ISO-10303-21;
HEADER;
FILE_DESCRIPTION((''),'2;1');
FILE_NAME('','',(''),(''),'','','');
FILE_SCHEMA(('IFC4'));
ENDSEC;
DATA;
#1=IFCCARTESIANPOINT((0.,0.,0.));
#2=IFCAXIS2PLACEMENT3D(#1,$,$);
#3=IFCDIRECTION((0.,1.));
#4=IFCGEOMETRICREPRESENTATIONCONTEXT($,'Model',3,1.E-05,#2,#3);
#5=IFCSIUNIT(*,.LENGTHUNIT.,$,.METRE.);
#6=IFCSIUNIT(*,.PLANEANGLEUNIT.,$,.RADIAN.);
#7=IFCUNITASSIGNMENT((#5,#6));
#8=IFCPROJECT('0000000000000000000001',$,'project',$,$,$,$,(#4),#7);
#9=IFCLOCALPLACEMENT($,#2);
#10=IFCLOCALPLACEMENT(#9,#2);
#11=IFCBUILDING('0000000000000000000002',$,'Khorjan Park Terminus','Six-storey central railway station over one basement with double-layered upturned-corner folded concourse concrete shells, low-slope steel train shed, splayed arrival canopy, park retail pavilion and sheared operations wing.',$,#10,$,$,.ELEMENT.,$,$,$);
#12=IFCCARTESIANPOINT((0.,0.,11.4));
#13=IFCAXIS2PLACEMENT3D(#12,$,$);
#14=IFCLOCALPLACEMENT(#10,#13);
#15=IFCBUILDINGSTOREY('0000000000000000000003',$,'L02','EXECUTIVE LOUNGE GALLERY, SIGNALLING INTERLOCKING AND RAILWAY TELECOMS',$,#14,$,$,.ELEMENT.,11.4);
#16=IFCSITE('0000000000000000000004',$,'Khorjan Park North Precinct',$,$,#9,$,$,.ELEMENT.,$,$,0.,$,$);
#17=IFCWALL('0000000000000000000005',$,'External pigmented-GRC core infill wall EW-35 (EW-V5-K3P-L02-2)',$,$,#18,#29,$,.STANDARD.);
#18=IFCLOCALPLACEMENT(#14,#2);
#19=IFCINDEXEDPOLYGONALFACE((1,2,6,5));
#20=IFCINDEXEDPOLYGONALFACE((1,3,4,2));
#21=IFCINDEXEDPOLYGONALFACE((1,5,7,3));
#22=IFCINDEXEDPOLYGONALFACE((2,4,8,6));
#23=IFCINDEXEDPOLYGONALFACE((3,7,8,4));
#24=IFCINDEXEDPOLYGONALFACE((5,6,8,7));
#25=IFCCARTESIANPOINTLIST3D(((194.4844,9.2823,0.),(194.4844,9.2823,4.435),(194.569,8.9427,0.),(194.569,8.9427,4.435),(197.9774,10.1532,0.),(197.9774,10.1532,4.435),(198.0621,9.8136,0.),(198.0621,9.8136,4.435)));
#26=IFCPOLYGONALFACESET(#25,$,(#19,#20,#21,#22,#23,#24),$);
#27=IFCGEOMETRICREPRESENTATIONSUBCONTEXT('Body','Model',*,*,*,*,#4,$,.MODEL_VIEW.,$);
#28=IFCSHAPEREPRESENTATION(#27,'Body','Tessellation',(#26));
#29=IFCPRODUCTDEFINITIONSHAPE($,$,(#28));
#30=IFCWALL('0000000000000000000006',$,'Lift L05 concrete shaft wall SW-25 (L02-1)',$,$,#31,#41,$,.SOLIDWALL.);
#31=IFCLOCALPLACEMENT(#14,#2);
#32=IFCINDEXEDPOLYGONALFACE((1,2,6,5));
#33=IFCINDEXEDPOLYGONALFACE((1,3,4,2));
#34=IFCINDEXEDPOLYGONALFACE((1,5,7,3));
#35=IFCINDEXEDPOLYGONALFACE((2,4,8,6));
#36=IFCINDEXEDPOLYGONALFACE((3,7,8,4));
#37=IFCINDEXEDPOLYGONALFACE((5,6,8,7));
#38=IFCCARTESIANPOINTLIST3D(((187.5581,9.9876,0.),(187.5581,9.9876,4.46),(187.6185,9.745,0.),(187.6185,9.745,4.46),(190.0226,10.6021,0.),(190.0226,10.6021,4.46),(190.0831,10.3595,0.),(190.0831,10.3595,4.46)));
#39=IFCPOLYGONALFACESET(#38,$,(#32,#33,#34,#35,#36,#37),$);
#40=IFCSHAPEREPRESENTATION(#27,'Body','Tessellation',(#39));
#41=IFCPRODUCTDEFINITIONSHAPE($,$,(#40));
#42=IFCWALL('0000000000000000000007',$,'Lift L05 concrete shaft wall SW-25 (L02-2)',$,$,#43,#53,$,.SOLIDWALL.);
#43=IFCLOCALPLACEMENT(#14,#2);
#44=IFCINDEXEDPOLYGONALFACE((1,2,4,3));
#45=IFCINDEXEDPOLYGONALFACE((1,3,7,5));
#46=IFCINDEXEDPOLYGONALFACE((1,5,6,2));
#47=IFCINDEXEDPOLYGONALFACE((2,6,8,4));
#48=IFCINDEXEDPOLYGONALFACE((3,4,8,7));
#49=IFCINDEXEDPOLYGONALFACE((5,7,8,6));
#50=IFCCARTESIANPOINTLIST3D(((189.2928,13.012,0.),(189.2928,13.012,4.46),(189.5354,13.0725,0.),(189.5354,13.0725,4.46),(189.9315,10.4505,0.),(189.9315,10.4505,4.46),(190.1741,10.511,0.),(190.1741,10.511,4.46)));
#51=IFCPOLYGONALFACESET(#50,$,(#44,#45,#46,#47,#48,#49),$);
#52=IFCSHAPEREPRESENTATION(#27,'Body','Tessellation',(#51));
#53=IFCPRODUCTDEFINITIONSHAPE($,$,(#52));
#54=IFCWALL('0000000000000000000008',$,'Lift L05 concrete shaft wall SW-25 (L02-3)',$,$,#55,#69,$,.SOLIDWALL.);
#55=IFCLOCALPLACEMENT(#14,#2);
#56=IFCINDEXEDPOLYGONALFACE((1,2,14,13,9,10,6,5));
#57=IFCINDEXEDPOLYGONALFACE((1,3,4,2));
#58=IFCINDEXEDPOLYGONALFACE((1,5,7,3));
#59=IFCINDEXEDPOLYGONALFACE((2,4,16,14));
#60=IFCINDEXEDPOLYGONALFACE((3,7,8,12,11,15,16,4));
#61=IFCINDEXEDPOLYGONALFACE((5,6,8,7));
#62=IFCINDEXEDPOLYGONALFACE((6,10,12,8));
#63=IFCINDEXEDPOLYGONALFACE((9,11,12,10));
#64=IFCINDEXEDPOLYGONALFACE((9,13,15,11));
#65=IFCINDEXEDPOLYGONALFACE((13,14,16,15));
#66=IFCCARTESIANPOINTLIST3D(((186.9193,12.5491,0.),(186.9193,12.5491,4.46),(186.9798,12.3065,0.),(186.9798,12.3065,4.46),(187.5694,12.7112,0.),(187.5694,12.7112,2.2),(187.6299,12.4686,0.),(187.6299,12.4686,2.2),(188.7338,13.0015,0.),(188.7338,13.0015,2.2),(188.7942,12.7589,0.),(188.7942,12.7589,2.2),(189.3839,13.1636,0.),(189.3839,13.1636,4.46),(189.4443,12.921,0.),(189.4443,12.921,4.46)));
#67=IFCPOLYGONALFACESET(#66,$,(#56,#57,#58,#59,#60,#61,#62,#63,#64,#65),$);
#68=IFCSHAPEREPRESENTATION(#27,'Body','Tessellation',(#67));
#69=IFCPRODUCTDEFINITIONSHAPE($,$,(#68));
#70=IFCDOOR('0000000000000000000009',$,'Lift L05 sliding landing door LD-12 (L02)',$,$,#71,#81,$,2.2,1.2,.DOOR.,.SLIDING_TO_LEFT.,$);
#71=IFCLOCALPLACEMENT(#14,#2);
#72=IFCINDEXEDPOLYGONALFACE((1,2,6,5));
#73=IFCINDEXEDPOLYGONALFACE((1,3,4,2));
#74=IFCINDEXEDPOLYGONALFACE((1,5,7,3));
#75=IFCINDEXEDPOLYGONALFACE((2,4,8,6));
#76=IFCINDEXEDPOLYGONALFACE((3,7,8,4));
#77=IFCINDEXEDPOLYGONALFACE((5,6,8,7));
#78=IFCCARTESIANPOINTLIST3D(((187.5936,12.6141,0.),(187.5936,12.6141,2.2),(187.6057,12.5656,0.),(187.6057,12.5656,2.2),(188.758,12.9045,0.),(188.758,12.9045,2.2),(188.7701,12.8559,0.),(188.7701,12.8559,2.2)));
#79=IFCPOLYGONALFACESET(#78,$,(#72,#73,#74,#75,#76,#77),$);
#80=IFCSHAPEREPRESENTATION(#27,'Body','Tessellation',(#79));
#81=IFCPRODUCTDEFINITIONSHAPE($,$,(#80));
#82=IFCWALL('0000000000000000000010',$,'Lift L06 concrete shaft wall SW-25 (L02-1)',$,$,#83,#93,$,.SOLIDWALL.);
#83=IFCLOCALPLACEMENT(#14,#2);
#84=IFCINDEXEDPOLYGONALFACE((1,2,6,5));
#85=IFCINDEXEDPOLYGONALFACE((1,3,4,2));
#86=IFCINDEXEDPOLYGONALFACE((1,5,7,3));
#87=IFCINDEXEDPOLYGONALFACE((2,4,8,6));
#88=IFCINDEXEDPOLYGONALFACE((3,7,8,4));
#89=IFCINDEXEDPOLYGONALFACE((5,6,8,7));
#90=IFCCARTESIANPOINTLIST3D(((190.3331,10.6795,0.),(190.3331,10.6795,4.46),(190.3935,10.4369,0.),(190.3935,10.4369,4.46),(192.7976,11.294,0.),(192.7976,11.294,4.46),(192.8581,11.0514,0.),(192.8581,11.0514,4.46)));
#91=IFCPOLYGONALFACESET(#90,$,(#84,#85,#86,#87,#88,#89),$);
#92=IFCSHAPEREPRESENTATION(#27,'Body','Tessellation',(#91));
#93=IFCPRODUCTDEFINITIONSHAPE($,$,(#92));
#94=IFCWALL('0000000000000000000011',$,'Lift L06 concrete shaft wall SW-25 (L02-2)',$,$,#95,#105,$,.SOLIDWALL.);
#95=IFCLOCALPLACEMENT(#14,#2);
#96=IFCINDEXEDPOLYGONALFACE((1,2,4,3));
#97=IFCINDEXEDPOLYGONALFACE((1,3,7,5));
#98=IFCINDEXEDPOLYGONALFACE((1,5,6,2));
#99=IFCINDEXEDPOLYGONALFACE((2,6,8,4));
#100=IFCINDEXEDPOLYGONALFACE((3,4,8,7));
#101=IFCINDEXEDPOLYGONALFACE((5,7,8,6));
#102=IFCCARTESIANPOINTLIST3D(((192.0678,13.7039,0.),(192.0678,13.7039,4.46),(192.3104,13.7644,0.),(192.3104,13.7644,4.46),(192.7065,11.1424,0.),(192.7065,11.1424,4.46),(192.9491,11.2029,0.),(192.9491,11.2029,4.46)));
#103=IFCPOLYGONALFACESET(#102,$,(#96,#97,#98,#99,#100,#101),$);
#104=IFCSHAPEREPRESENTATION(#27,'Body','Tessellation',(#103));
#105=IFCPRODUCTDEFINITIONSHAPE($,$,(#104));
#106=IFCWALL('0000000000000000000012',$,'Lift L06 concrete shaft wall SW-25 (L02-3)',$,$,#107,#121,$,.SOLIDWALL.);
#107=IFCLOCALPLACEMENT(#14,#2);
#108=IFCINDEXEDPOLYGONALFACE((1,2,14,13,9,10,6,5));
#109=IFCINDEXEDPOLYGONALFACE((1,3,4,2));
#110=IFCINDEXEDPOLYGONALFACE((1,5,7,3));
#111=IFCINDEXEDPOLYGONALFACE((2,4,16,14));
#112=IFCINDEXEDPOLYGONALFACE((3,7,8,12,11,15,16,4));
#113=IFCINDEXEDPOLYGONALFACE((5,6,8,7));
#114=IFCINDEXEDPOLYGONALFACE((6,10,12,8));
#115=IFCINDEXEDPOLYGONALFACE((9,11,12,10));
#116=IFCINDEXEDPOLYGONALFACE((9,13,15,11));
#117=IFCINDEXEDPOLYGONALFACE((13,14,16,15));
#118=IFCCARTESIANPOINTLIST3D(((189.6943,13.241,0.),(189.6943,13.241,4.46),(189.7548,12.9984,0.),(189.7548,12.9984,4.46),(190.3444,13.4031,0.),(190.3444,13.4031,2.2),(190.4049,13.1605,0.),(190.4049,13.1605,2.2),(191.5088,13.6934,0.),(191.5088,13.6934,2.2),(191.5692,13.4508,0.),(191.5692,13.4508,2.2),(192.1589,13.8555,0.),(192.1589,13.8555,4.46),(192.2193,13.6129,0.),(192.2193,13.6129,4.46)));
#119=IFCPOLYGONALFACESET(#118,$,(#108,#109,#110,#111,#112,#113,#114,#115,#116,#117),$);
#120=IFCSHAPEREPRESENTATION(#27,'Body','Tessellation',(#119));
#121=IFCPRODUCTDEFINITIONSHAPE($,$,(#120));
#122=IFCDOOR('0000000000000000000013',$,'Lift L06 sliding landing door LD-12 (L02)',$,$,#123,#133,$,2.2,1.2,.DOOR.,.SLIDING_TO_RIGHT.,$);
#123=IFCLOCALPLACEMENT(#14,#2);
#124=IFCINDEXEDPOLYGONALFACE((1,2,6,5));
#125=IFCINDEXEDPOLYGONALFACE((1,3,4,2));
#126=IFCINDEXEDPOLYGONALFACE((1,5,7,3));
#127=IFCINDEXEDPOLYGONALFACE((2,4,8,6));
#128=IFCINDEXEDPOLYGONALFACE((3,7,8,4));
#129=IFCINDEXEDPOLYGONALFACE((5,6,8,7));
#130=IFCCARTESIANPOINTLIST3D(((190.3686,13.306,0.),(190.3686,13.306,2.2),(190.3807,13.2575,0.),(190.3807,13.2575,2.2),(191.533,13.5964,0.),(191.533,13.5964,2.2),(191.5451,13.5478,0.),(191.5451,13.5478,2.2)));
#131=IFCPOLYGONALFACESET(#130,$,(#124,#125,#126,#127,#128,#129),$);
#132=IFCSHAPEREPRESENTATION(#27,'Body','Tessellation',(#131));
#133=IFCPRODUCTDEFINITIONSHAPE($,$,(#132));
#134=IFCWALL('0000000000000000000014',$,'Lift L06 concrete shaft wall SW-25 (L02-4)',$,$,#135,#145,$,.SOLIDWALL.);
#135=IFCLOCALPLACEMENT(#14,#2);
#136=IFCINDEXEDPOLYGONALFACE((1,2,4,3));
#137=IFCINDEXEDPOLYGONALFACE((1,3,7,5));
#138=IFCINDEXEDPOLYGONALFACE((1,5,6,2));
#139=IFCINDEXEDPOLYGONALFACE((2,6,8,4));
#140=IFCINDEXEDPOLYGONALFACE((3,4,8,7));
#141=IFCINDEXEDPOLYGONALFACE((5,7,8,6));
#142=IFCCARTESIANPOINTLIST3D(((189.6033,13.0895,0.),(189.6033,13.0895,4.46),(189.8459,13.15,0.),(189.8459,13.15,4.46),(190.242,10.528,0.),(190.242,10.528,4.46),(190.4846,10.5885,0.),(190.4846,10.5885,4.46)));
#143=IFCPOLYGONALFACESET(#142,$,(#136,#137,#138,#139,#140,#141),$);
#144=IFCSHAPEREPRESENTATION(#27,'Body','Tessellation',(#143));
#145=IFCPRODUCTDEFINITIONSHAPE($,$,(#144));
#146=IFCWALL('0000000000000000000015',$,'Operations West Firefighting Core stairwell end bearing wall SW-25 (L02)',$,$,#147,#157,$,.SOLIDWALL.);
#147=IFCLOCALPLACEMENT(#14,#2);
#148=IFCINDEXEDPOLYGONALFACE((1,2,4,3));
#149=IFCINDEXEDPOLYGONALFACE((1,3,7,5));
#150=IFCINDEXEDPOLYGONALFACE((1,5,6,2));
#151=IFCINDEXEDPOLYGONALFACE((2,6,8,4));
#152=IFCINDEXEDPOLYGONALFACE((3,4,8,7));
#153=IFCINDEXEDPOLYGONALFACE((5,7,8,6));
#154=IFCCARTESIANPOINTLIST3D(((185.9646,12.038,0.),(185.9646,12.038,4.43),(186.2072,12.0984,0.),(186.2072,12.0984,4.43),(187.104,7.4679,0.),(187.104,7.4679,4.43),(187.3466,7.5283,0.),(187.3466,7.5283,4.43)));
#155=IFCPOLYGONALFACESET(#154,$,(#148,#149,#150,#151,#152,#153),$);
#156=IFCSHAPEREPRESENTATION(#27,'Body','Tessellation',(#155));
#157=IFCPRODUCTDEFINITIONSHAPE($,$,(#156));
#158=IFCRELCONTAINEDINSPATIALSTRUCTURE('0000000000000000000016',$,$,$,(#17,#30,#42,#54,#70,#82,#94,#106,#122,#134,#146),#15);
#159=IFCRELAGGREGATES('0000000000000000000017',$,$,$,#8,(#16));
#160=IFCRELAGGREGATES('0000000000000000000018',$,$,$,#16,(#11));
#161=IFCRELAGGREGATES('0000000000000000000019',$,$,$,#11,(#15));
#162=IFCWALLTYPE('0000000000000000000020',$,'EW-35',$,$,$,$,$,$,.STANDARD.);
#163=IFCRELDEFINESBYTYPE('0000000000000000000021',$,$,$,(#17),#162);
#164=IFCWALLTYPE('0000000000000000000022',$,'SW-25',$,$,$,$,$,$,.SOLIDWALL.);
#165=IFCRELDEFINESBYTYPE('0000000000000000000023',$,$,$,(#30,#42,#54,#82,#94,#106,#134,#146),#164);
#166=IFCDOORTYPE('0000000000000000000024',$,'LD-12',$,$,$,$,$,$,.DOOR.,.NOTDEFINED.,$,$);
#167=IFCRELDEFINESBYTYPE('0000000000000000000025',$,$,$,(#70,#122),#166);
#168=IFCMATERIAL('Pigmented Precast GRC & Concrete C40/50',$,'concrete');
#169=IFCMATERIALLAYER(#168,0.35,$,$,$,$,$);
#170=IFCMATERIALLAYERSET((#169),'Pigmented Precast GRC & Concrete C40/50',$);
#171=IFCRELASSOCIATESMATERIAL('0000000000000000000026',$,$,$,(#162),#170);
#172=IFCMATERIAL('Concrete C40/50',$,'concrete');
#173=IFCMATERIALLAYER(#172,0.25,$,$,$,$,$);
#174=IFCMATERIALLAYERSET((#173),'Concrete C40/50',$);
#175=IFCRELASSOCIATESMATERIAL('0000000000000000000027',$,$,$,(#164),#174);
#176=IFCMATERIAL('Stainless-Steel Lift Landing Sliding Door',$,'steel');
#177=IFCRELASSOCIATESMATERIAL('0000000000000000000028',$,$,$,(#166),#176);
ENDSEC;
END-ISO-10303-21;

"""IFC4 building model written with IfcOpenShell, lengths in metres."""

from ifc_helpers import new_model, si_unit, direction, frame, frame_2d, origin, place, context, subcontext, project, spatial, rectangle, extrude, material, layer, layer_set, type_object, element, fill, save


model = new_model("IFC4")

# Units and contexts
model_context = context("Model", 3, precision=1e-05, world=origin(), true_north=direction((0.0, 1.0)))
body_context = subcontext(model_context, "Body", "Model", "MODEL_VIEW")
ifc_project = project(units=[si_unit("LENGTHUNIT", "METRE"), si_unit("PLANEANGLEUNIT", "RADIAN")], contexts=[model_context])

# Site, building, storey
site_placement = place(None, origin())
site = spatial("IfcSite", under=ifc_project, at=site_placement, Name="Khorjan Park North Precinct", CompositionType="ELEMENT", RefElevation=0.0)
building_placement = place(site_placement, origin())
building = spatial("IfcBuilding", under=site, at=building_placement, Name="Khorjan Park Terminus", Description="Six-storey central railway station over one basement with double-layered upturned-corner folded concourse concrete shells, low-slope steel train shed, splayed arrival canopy, park retail pavilion and sheared operations wing.", CompositionType="ELEMENT")
storey_placement = place(building_placement, frame((0.0, 0.0, 11.4)))
storey = spatial("IfcBuildingStorey", under=building, at=storey_placement, Name="L02", Description="EXECUTIVE LOUNGE GALLERY, SIGNALLING INTERLOCKING AND RAILWAY TELECOMS", CompositionType="ELEMENT", Elevation=11.4)

# Shared definitions
ifc_material_1 = material(Name="Concrete C40/50", Category="concrete")

# Walls
ifc_material_2 = material(Name="Pigmented Precast GRC & Concrete C40/50", Category="concrete")
ifc_layer_1 = layer(ifc_material_2, 0.35)
ifc_layer_set_1 = layer_set([ifc_layer_1], Name="Pigmented Precast GRC & Concrete C40/50")
wall_type_1 = type_object("IfcWallType", Name="EW-35", PredefinedType="STANDARD", material=ifc_layer_set_1)
wall_1_placement = place(storey_placement, frame((194.5267, 9.1125, 0.0), z_axis=(0.0, 0.0, 1.0), x_axis=(0.970298, 0.241915, 0.0)))
element("IfcWall", 1, at=wall_1_placement, inside=storey, type_object=wall_type_1, Name="External pigmented-GRC core infill wall EW-35 (EW-V5-K3P-L02-2)", PredefinedType="STANDARD", context=body_context, shape_type="SweptSolid", body=[
    extrude(rectangle(XDim=3.6, YDim=0.35, at=frame_2d((1.8, 0.0))), origin(), (0.0, 0.0, 1.0), 4.435),
])
ifc_layer_2 = layer(ifc_material_1, 0.25)
ifc_layer_set_2 = layer_set([ifc_layer_2], Name="Concrete C40/50")
wall_type_2 = type_object("IfcWallType", Name="SW-25", PredefinedType="SOLIDWALL", material=ifc_layer_set_2)
wall_2_placement = place(storey_placement, frame((187.5883, 9.8663, 0.0), z_axis=(0.0, 0.0, 1.0), x_axis=(0.970293, 0.241933, 0.0)))
element("IfcWall", 2, at=wall_2_placement, inside=storey, type_object=wall_type_2, Name="Lift L05 concrete shaft wall SW-25 (L02-1)", PredefinedType="SOLIDWALL", context=body_context, shape_type="SweptSolid", body=[
    extrude(rectangle(XDim=2.54, YDim=0.25, at=frame_2d((1.27, 0.0))), origin(), (0.0, 0.0, 1.0), 4.46),
])
wall_3_placement = place(storey_placement, frame((190.0528, 10.4808, 0.0), z_axis=(0.0, 0.0, 1.0), x_axis=(-0.241938, 0.970292, 0.0)))
element("IfcWall", 3, at=wall_3_placement, inside=storey, type_object=wall_type_2, Name="Lift L05 concrete shaft wall SW-25 (L02-2)", PredefinedType="SOLIDWALL", context=body_context, shape_type="SweptSolid", body=[
    extrude(rectangle(XDim=2.6399, YDim=0.25, at=frame_2d((1.3199, 0.0))), origin(), (0.0, 0.0, 1.0), 4.46),
])

# Wall, opening, door
wall_4_placement = place(storey_placement, frame((189.4141, 13.0423, 0.0), z_axis=(0.0, 0.0, 1.0), x_axis=(-0.970293, -0.241933, 0.0)))
wall_4 = element("IfcWall", 4, at=wall_4_placement, inside=storey, type_object=wall_type_2, Name="Lift L05 concrete shaft wall SW-25 (L02-3)", PredefinedType="SOLIDWALL", context=body_context, shape_type="SweptSolid", body=[
    extrude(rectangle(XDim=2.54, YDim=0.25, at=frame_2d((1.27, 0.0))), origin(), (0.0, 0.0, 1.0), 4.46),
])
opening_1_placement = place(wall_4_placement, frame((0.67, 0.0, 0.0)))
opening_1 = element("IfcOpeningElement", 5, at=opening_1_placement, cuts=wall_4, PredefinedType="OPENING", context=body_context, shape_type="SweptSolid", body=[
    extrude(rectangle(XDim=1.2, YDim=2.2, at=frame_2d((0.6, 1.1))), frame((0.0, 0.135, 0.0), z_axis=(0.0, -1.0, 0.0), x_axis=(1.0, 0.0, 0.0)), (0.0, 0.0, 1.0), 0.27),
])
ifc_material_3 = material(Name="Stainless-Steel Lift Landing Sliding Door", Category="steel")
door_type_1 = type_object("IfcDoorType", Name="LD-12", OperationType="NOTDEFINED", PredefinedType="DOOR", material=ifc_material_3)
door_1_placement = place(opening_1_placement, origin())
door_1 = element("IfcDoor", 6, at=door_1_placement, inside=storey, type_object=door_type_1, Name="Lift L05 sliding landing door LD-12 (L02)", OperationType="SLIDING_TO_LEFT", OverallHeight=2.2, OverallWidth=1.2, PredefinedType="DOOR", context=body_context, shape_type="SweptSolid", body=[
    extrude(rectangle(XDim=1.2, YDim=2.2, at=frame_2d((0.6, 1.1))), frame((0.0, 0.025, 0.0), z_axis=(0.0, -1.0, 0.0), x_axis=(1.0, 0.0, 0.0)), (0.0, 0.0, 1.0), 0.05),
])
fill(opening_1, door_1)

# Walls
wall_5_placement = place(storey_placement, frame((190.3633, 10.5582, 0.0), z_axis=(0.0, 0.0, 1.0), x_axis=(0.970293, 0.241933, 0.0)))
element("IfcWall", 7, at=wall_5_placement, inside=storey, type_object=wall_type_2, Name="Lift L06 concrete shaft wall SW-25 (L02-1)", PredefinedType="SOLIDWALL", context=body_context, shape_type="SweptSolid", body=[
    extrude(rectangle(XDim=2.54, YDim=0.25, at=frame_2d((1.27, 0.0))), origin(), (0.0, 0.0, 1.0), 4.46),
])
wall_6_placement = place(storey_placement, frame((192.8278, 11.1727, 0.0), z_axis=(0.0, 0.0, 1.0), x_axis=(-0.241938, 0.970292, 0.0)))
element("IfcWall", 8, at=wall_6_placement, inside=storey, type_object=wall_type_2, Name="Lift L06 concrete shaft wall SW-25 (L02-2)", PredefinedType="SOLIDWALL", context=body_context, shape_type="SweptSolid", body=[
    extrude(rectangle(XDim=2.6399, YDim=0.25, at=frame_2d((1.3199, 0.0))), origin(), (0.0, 0.0, 1.0), 4.46),
])

# Wall, opening, door
wall_7_placement = place(storey_placement, frame((192.1891, 13.7342, 0.0), z_axis=(0.0, 0.0, 1.0), x_axis=(-0.970293, -0.241933, 0.0)))
wall_7 = element("IfcWall", 9, at=wall_7_placement, inside=storey, type_object=wall_type_2, Name="Lift L06 concrete shaft wall SW-25 (L02-3)", PredefinedType="SOLIDWALL", context=body_context, shape_type="SweptSolid", body=[
    extrude(rectangle(XDim=2.54, YDim=0.25, at=frame_2d((1.27, 0.0))), origin(), (0.0, 0.0, 1.0), 4.46),
])
opening_2_placement = place(wall_7_placement, frame((0.67, 0.0, 0.0)))
opening_2 = element("IfcOpeningElement", 10, at=opening_2_placement, cuts=wall_7, PredefinedType="OPENING", context=body_context, shape_type="SweptSolid", body=[
    extrude(rectangle(XDim=1.2, YDim=2.2, at=frame_2d((0.6, 1.1))), frame((0.0, 0.135, 0.0), z_axis=(0.0, -1.0, 0.0), x_axis=(1.0, 0.0, 0.0)), (0.0, 0.0, 1.0), 0.27),
])
door_2_placement = place(opening_2_placement, origin())
door_2 = element("IfcDoor", 11, at=door_2_placement, inside=storey, type_object=door_type_1, Name="Lift L06 sliding landing door LD-12 (L02)", OperationType="SLIDING_TO_RIGHT", OverallHeight=2.2, OverallWidth=1.2, PredefinedType="DOOR", context=body_context, shape_type="SweptSolid", body=[
    extrude(rectangle(XDim=1.2, YDim=2.2, at=frame_2d((0.6, 1.1))), frame((0.0, 0.025, 0.0), z_axis=(0.0, -1.0, 0.0), x_axis=(1.0, 0.0, 0.0)), (0.0, 0.0, 1.0), 0.05),
])
fill(opening_2, door_2)

# Walls
wall_8_placement = place(storey_placement, frame((189.7246, 13.1197, 0.0), z_axis=(0.0, 0.0, 1.0), x_axis=(0.241938, -0.970292, 0.0)))
element("IfcWall", 12, at=wall_8_placement, inside=storey, type_object=wall_type_2, Name="Lift L06 concrete shaft wall SW-25 (L02-4)", PredefinedType="SOLIDWALL", context=body_context, shape_type="SweptSolid", body=[
    extrude(rectangle(XDim=2.6399, YDim=0.25, at=frame_2d((1.3199, 0.0))), origin(), (0.0, 0.0, 1.0), 4.46),
])
wall_9_placement = place(storey_placement, frame((187.2253, 7.4981, 0.0), z_axis=(0.0, 0.0, 1.0), x_axis=(-0.241911, 0.970298, 0.0)))
element("IfcWall", 13, at=wall_9_placement, inside=storey, type_object=wall_type_2, Name="Operations West Firefighting Core stairwell end bearing wall SW-25 (L02)", PredefinedType="SOLIDWALL", context=body_context, shape_type="SweptSolid", body=[
    extrude(rectangle(XDim=4.71, YDim=0.25, at=frame_2d((2.355, 0.0))), origin(), (0.0, 0.0, 1.0), 4.43),
])

save(model, "model.ifc")
